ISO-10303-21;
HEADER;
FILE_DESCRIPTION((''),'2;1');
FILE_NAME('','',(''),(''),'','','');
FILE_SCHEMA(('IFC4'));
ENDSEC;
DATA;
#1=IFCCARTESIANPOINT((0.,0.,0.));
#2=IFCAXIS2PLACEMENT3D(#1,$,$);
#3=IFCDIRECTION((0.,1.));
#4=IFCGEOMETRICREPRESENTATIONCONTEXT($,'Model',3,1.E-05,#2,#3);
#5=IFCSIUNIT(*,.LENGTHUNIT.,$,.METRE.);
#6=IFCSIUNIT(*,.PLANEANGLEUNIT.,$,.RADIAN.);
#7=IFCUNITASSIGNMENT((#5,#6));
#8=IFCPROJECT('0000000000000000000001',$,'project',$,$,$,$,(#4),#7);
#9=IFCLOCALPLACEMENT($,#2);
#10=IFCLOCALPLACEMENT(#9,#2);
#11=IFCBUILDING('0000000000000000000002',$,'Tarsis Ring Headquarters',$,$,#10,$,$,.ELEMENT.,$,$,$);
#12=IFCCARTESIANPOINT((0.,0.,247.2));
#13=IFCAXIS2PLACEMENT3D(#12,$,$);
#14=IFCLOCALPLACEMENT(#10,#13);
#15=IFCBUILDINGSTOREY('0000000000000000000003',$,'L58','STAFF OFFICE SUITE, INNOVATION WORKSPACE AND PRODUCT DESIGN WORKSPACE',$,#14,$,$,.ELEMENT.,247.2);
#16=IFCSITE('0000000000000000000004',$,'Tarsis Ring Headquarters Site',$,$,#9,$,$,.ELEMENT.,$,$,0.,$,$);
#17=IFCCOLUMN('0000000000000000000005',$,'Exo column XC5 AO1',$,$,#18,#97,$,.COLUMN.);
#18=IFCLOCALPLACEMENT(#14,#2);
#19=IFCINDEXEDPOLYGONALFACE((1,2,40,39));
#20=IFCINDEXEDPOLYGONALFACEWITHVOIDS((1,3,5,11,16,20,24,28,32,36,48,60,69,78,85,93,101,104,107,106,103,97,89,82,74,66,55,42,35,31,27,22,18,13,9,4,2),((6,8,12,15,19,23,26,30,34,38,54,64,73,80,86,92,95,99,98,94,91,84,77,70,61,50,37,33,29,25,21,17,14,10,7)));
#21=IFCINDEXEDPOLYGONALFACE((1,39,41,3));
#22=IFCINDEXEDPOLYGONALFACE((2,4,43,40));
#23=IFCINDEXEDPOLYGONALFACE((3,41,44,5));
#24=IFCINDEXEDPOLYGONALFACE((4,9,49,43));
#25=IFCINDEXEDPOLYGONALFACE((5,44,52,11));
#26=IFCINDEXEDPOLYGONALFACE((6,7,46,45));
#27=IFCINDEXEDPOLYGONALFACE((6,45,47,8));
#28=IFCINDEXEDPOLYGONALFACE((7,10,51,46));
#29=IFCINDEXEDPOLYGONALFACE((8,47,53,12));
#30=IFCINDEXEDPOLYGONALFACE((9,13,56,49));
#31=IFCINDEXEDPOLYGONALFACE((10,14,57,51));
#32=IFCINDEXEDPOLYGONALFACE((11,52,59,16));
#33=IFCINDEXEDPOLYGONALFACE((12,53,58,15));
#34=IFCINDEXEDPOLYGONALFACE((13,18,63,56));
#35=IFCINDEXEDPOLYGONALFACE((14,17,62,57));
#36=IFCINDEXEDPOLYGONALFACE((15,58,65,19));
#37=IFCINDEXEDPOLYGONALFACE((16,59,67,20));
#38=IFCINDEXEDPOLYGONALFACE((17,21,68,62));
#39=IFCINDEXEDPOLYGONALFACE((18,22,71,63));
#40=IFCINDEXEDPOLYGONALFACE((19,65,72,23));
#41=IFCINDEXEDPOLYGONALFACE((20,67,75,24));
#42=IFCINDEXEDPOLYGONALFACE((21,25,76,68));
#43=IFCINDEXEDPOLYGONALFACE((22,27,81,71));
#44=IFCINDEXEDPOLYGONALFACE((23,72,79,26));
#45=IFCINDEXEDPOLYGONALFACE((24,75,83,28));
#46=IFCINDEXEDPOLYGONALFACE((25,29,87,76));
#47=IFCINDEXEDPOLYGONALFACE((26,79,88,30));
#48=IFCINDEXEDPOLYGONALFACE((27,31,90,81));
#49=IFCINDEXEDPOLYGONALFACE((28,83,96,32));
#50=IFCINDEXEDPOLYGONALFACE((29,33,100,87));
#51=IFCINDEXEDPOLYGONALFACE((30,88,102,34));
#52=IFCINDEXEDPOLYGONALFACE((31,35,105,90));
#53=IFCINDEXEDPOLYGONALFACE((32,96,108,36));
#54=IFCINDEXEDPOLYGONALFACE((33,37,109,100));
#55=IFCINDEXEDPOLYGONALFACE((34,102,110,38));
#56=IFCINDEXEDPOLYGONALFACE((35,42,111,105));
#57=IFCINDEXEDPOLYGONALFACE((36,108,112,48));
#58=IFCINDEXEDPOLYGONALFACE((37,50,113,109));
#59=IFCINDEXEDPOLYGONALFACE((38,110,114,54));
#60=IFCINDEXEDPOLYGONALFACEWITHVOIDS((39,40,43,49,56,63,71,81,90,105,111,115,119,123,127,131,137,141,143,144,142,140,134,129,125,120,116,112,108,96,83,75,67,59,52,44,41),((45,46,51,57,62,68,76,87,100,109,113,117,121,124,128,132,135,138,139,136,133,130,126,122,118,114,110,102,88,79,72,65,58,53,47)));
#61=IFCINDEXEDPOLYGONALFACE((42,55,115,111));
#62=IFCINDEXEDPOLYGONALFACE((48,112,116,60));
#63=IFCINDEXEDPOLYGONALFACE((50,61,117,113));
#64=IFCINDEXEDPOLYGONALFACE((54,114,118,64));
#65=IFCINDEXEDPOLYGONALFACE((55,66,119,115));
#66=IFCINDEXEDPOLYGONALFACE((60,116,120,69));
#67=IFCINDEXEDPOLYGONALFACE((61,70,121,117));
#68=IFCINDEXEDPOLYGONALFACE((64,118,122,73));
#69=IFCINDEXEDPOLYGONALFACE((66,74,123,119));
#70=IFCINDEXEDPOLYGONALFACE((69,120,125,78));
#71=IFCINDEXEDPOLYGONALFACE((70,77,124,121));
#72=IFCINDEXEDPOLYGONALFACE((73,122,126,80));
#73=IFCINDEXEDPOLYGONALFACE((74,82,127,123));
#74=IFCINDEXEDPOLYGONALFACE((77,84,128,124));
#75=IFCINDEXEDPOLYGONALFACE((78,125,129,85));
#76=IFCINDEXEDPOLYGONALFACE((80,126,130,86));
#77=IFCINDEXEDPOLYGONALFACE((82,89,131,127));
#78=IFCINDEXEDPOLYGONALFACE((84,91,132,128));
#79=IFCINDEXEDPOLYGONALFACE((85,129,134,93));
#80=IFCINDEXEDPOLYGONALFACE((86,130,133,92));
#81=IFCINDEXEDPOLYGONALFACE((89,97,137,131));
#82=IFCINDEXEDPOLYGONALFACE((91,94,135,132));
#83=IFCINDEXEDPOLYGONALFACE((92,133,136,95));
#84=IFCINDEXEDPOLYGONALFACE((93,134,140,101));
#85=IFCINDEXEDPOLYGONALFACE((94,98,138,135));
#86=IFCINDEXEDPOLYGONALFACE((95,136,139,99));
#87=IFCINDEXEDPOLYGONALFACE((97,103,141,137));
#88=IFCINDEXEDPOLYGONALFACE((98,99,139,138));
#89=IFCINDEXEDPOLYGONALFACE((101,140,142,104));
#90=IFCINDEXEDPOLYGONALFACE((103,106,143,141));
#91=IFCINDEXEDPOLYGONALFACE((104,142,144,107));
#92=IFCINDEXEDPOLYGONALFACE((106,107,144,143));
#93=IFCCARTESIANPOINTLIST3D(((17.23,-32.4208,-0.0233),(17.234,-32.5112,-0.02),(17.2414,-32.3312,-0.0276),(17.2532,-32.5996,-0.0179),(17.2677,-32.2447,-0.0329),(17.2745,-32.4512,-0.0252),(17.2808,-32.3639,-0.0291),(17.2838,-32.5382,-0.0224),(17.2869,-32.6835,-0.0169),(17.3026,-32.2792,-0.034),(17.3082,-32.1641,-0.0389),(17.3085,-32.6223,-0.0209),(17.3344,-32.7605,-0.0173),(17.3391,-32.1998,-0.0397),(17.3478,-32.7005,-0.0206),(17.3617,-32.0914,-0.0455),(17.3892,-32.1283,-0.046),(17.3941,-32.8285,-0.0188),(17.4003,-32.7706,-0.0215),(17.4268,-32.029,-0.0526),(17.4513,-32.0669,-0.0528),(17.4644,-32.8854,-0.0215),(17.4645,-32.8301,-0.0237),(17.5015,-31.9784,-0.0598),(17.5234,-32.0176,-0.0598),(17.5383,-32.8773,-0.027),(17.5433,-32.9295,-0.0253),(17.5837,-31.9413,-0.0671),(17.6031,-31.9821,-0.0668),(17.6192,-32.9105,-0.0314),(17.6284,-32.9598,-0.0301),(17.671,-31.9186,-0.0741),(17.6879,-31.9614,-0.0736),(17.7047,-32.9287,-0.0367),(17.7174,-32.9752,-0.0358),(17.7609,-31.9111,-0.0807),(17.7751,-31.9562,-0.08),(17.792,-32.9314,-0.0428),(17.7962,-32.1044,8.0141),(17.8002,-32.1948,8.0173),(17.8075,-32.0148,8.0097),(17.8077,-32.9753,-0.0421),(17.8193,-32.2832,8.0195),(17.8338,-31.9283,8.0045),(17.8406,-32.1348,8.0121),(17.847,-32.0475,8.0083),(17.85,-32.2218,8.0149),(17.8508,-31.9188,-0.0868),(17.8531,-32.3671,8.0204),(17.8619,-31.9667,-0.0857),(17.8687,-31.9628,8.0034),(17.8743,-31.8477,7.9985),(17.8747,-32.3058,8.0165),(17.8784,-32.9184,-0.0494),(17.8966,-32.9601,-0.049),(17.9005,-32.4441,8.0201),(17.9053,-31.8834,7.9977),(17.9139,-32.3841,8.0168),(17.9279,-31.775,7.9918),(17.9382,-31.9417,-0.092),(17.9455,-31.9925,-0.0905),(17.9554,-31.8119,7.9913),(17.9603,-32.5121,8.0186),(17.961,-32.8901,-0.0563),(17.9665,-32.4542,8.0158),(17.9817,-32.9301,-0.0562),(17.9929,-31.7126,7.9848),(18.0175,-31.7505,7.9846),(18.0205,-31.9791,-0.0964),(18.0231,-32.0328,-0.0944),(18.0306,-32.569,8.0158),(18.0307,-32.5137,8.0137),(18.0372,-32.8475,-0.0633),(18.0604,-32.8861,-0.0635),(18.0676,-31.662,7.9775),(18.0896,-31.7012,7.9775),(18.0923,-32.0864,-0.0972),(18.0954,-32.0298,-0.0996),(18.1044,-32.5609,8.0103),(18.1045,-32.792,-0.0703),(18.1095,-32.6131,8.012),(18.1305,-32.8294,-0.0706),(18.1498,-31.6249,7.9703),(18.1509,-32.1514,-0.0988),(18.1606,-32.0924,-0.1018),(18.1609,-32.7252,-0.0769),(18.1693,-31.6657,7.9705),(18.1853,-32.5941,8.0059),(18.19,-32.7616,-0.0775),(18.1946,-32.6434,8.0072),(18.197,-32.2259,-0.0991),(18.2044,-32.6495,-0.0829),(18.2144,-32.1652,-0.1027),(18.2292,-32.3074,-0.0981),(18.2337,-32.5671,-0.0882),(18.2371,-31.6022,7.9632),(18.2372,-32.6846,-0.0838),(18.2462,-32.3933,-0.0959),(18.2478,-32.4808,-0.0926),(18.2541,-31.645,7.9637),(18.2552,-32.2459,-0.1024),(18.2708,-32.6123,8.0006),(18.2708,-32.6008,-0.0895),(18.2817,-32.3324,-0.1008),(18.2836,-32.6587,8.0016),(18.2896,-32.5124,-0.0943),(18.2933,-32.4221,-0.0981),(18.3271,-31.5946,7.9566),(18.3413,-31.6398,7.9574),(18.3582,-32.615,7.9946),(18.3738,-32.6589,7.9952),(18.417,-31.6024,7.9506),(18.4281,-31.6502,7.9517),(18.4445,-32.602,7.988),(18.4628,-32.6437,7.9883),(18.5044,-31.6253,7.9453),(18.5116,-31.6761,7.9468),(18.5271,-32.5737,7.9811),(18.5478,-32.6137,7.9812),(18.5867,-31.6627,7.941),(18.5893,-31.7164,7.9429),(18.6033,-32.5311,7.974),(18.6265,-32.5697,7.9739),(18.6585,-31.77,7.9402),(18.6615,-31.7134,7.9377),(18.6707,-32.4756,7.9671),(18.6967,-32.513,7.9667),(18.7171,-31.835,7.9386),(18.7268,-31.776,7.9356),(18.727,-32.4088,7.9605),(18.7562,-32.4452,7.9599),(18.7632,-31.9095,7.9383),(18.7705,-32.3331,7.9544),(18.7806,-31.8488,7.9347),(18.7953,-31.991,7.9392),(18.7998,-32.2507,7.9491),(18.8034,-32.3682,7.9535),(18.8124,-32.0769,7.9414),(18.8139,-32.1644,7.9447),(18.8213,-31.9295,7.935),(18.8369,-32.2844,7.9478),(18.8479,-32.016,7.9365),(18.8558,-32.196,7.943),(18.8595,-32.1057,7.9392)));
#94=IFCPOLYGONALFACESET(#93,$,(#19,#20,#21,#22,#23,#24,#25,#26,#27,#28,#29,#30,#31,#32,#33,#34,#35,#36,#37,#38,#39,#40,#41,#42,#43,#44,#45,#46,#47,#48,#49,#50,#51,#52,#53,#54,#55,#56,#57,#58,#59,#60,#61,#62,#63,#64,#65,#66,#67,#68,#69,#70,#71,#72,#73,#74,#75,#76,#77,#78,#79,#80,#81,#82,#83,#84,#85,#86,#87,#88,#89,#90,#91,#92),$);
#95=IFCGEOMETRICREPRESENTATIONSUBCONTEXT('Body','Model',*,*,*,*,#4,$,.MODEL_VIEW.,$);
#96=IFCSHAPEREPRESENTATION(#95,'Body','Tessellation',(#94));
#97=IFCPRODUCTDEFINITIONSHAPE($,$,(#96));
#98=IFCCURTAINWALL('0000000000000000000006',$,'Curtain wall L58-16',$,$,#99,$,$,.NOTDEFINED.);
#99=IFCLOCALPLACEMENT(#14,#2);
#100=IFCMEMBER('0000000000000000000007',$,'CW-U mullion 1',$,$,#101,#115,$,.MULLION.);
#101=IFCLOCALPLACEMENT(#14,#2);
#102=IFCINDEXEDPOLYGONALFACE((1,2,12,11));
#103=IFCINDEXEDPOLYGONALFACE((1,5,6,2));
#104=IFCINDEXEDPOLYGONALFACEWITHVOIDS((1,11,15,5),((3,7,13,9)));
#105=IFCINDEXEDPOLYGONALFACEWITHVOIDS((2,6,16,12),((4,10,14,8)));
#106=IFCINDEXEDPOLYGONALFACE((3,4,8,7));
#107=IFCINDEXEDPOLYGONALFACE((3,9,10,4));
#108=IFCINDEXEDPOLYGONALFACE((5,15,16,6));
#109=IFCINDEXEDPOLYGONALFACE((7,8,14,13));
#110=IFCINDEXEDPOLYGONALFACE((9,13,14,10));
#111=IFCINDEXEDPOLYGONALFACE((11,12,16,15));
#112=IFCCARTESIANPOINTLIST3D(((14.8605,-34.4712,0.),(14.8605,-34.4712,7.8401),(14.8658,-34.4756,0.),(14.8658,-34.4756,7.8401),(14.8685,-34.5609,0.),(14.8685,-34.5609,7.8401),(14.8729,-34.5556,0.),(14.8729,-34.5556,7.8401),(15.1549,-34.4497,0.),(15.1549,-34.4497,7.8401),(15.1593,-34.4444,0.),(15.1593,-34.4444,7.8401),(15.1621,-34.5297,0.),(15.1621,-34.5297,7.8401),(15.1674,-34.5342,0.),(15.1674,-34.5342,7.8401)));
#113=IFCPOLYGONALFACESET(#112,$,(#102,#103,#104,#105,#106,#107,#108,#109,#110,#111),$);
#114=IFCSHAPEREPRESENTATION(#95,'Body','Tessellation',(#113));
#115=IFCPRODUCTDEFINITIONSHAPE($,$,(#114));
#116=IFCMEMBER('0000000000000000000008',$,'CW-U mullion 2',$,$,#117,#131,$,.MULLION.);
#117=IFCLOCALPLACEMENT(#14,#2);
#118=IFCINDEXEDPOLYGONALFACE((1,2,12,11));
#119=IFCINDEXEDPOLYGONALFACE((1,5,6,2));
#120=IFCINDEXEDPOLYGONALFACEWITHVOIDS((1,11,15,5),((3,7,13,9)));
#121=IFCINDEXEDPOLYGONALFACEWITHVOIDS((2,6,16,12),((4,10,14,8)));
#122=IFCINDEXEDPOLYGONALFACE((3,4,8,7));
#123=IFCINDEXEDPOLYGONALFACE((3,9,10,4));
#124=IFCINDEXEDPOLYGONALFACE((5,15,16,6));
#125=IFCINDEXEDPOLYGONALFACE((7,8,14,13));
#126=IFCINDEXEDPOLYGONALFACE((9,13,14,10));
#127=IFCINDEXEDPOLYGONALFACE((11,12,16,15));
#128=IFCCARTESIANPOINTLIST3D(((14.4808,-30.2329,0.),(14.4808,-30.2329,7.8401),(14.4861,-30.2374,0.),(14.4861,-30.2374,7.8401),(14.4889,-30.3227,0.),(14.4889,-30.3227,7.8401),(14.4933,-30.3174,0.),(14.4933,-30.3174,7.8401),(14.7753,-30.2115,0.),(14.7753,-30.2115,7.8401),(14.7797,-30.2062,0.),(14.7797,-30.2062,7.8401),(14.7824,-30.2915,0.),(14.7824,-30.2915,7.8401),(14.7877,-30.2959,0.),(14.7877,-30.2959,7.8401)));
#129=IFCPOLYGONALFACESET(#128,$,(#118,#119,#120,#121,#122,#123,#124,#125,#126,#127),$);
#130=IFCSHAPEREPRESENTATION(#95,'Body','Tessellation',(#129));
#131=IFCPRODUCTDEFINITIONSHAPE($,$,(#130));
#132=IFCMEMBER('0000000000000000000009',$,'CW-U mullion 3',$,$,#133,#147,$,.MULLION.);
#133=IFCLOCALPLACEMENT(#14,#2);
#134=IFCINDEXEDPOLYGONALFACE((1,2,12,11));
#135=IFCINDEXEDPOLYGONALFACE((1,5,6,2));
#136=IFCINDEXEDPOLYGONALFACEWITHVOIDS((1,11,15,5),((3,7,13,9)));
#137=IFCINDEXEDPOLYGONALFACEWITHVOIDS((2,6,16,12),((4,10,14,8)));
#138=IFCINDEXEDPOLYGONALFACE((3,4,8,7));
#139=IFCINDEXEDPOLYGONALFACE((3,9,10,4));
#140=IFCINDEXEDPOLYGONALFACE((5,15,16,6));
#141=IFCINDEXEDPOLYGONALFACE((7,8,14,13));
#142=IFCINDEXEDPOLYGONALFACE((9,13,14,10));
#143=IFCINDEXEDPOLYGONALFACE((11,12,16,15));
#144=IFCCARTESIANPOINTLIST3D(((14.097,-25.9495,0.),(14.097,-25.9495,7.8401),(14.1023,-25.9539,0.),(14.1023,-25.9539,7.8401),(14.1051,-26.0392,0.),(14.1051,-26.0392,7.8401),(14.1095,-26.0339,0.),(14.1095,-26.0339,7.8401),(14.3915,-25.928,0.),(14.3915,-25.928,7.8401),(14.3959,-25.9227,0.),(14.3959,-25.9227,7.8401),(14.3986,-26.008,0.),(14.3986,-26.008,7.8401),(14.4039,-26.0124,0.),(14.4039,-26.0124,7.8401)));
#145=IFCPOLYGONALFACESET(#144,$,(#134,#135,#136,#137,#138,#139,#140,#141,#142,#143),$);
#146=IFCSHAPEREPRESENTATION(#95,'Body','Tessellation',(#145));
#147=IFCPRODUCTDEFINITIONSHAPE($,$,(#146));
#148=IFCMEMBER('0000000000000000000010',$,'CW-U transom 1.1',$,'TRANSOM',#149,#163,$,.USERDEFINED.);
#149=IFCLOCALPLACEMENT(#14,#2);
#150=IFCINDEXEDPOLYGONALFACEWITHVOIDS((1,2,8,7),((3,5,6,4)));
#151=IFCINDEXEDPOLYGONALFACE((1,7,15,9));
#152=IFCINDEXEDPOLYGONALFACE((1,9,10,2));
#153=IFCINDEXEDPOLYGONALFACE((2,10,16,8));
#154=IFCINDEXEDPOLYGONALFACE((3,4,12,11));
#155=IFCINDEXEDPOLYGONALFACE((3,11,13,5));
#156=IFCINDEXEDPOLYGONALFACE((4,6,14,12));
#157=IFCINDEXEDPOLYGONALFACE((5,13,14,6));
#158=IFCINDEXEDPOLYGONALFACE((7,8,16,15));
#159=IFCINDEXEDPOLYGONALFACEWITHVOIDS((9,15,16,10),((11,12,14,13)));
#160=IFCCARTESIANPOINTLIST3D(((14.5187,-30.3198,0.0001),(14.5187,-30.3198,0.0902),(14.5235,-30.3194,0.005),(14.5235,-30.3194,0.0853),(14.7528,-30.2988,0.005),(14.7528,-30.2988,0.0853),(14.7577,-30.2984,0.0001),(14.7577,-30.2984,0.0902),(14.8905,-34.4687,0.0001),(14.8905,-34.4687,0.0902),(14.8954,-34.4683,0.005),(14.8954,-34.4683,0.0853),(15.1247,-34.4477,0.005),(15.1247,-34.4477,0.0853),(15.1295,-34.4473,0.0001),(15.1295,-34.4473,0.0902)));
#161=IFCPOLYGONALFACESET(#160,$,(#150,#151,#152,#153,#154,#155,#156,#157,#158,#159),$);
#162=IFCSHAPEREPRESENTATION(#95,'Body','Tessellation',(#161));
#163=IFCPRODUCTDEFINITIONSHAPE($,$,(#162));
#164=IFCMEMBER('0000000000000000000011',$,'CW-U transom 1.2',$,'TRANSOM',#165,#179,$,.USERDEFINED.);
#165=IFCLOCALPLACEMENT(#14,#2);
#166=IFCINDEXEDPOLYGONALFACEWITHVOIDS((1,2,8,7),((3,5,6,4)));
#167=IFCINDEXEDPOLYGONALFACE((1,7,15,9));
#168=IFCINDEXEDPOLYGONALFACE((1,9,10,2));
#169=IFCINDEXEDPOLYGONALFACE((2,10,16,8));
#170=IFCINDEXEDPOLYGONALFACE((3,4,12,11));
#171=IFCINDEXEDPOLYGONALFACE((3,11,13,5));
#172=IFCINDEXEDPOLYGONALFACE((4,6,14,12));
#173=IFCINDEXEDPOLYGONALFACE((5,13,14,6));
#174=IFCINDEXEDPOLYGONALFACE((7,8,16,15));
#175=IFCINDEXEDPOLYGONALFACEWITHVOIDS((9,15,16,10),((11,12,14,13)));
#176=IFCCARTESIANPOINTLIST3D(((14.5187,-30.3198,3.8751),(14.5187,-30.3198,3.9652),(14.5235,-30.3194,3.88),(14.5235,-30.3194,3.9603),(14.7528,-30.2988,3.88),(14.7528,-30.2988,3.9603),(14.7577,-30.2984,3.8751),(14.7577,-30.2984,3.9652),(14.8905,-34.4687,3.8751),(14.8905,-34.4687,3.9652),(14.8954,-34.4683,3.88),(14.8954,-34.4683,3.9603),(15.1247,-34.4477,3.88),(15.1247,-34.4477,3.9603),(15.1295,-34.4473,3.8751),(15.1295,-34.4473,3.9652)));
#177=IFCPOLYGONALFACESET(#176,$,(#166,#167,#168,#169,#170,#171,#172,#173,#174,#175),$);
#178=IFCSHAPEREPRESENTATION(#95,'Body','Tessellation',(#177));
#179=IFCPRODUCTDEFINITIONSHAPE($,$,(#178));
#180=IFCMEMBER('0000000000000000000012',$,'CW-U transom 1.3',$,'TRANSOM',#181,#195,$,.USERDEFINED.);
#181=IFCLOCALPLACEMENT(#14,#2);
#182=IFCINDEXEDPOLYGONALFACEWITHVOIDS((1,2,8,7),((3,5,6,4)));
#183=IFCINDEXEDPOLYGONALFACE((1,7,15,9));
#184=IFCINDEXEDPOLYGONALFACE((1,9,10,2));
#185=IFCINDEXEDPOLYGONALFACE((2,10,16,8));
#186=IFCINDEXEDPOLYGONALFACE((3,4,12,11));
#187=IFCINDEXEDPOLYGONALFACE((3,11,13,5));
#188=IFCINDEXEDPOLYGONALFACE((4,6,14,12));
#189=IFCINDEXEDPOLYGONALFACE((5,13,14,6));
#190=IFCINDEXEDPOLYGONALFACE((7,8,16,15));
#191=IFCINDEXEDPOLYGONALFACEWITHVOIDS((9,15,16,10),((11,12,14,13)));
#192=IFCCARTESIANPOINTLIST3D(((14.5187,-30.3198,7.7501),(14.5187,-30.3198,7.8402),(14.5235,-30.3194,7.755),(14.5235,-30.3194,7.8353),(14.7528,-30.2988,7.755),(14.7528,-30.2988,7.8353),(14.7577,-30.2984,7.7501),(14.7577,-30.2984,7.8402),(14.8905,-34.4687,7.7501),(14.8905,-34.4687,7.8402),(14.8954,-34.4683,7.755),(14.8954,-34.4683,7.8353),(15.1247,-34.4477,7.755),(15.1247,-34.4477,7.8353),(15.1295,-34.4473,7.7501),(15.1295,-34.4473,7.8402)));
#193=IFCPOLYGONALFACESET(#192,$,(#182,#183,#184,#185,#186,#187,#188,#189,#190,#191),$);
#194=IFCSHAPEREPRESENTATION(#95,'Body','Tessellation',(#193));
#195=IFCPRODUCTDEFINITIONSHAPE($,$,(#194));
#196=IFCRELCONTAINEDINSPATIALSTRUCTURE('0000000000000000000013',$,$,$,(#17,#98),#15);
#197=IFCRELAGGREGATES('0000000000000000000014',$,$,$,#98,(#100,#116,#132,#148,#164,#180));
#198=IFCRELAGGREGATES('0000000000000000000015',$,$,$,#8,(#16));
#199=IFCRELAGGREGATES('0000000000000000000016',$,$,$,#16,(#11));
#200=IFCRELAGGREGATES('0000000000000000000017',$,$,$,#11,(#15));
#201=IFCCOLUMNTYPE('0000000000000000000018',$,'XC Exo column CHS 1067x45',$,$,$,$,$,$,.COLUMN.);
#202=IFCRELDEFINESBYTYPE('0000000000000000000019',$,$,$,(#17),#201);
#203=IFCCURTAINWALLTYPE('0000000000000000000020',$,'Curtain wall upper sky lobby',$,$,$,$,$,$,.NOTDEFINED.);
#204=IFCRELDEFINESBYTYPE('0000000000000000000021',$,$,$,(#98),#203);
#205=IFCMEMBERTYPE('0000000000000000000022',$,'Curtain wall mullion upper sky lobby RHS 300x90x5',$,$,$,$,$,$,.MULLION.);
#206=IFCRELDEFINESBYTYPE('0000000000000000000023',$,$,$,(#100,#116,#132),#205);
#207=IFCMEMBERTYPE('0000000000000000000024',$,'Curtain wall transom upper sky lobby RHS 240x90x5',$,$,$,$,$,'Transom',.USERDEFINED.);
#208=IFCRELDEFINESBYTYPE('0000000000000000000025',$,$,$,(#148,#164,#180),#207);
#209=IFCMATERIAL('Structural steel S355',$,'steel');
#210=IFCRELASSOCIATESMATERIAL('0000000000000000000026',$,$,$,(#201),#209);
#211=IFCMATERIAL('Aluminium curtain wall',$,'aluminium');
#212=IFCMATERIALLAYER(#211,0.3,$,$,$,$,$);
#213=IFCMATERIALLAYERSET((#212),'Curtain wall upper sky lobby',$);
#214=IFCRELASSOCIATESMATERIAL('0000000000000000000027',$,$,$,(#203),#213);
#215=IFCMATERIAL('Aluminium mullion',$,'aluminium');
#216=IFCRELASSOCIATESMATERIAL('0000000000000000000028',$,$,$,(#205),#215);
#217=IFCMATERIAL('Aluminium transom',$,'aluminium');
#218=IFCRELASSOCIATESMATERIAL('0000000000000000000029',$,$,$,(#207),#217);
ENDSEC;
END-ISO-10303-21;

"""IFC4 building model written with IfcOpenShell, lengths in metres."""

from ifc_helpers import new_model, si_unit, direction, frame, origin, origin_2d, place, context, subcontext, project, spatial, hollow_rectangle, hollow_circle, extrude, material, layer, layer_set, material_profile, profile_set, type_object, element, aggregate, save


model = new_model("IFC4")

# Units and contexts
model_context = context("Model", 3, precision=1e-05, world=origin(), true_north=direction((0.0, 1.0)))
body_context = subcontext(model_context, "Body", "Model", "MODEL_VIEW")
ifc_project = project(units=[si_unit("LENGTHUNIT", "METRE"), si_unit("PLANEANGLEUNIT", "RADIAN")], contexts=[model_context])

# Site, building, storey
site_placement = place(None, origin())
site = spatial("IfcSite", under=ifc_project, at=site_placement, Name="Tarsis Ring Headquarters Site", CompositionType="ELEMENT", RefElevation=0.0)
building_placement = place(site_placement, origin())
building = spatial("IfcBuilding", under=site, at=building_placement, Name="Tarsis Ring Headquarters", CompositionType="ELEMENT")
storey_placement = place(building_placement, frame((0.0, 0.0, 247.2)))
storey = spatial("IfcBuildingStorey", under=building, at=storey_placement, Name="L58", Description="STAFF OFFICE SUITE, INNOVATION WORKSPACE AND PRODUCT DESIGN WORKSPACE", CompositionType="ELEMENT", Elevation=247.2)

# Column
ifc_material_1 = material(Name="Structural steel S355", Category="steel")
ifc_material_profile_1 = material_profile(ifc_material_1, hollow_circle(Radius=0.5334, WallThickness=0.0449, at=origin_2d()), Name="CHS 1067x45")
ifc_profile_set_1 = profile_set([ifc_material_profile_1], Name="Structural steel S355")
column_type = type_object("IfcColumnType", Name="XC Exo column CHS 1067x45", PredefinedType="COLUMN", material=ifc_profile_set_1)
column_placement = place(storey_placement, frame((17.7617, -32.4441, -0.0598), z_axis=(0.070213, 0.039239, 0.99676), x_axis=(-0.487847, 0.872929, 0.0)))
element("IfcColumn", 1, at=column_placement, inside=storey, type_object=column_type, Name="Exo column XC5 AO1", PredefinedType="COLUMN", context=body_context, shape_type="SweptSolid", body=[
    extrude(hollow_circle(Radius=0.5334, WallThickness=0.0449, at=origin_2d()), origin(), (0.0, 0.0, 1.0), 8.0635),
])

# Curtain wall, members
ifc_material_2 = material(Name="Aluminium curtain wall", Category="aluminium")
ifc_layer_1 = layer(ifc_material_2, 0.3)
ifc_layer_set_1 = layer_set([ifc_layer_1], Name="Curtain wall upper sky lobby")
curtain_wall_type = type_object("IfcCurtainWallType", Name="Curtain wall upper sky lobby", PredefinedType="NOTDEFINED", material=ifc_layer_set_1)
curtain_wall_placement = place(storey_placement, origin())
curtain_wall = element("IfcCurtainWall", 2, at=curtain_wall_placement, inside=storey, type_object=curtain_wall_type, Name="Curtain wall L58-16", PredefinedType="NOTDEFINED")
ifc_material_3 = material(Name="Aluminium mullion", Category="aluminium")
ifc_material_profile_2 = material_profile(ifc_material_3, hollow_rectangle(XDim=0.3, YDim=0.0901, WallThickness=0.0049, at=origin_2d()), Name="RHS 300x90x5")
ifc_profile_set_2 = profile_set([ifc_material_profile_2], Name="Aluminium mullion")
member_type_1 = type_object("IfcMemberType", Name="Curtain wall mullion upper sky lobby RHS 300x90x5", PredefinedType="MULLION", material=ifc_profile_set_2)
member_1_placement = place(storey_placement, frame((15.0139, -34.5027, 0.0), z_axis=(0.0, 0.0, 1.0), x_axis=(-0.99601, -0.089242, 0.0)))
member_1 = element("IfcMember", 3, at=member_1_placement, type_object=member_type_1, Name="CW-U mullion 1", PredefinedType="MULLION", context=body_context, shape_type="SweptSolid", body=[
    extrude(hollow_rectangle(XDim=0.3, YDim=0.0901, WallThickness=0.0049, at=origin_2d()), origin(), (0.0, 0.0, 1.0), 7.8401),
])
member_2_placement = place(storey_placement, frame((14.6343, -30.2644, 0.0), z_axis=(0.0, 0.0, 1.0), x_axis=(-0.99601, -0.089242, 0.0)))
member_2 = element("IfcMember", 4, at=member_2_placement, type_object=member_type_1, Name="CW-U mullion 2", PredefinedType="MULLION", context=body_context, shape_type="SweptSolid", body=[
    extrude(hollow_rectangle(XDim=0.3, YDim=0.0901, WallThickness=0.0049, at=origin_2d()), origin(), (0.0, 0.0, 1.0), 7.8401),
])
member_3_placement = place(storey_placement, frame((14.2505, -25.981, 0.0), z_axis=(0.0, 0.0, 1.0), x_axis=(-0.99601, -0.089242, 0.0)))
member_3 = element("IfcMember", 5, at=member_3_placement, type_object=member_type_1, Name="CW-U mullion 3", PredefinedType="MULLION", context=body_context, shape_type="SweptSolid", body=[
    extrude(hollow_rectangle(XDim=0.3, YDim=0.0901, WallThickness=0.0049, at=origin_2d()), origin(), (0.0, 0.0, 1.0), 7.8401),
])
ifc_material_4 = material(Name="Aluminium transom", Category="aluminium")
ifc_material_profile_3 = material_profile(ifc_material_4, hollow_rectangle(XDim=0.24, YDim=0.0901, WallThickness=0.0049, at=origin_2d()), Name="RHS 240x90x5")
ifc_profile_set_3 = profile_set([ifc_material_profile_3], Name="Aluminium transom")
member_type_2 = type_object("IfcMemberType", Name="Curtain wall transom upper sky lobby RHS 240x90x5", ElementType="Transom", PredefinedType="USERDEFINED", material=ifc_profile_set_3)
member_4_placement = place(storey_placement, frame((15.01, -34.458, 0.0452), z_axis=(-0.089262, 0.996008, 0.0), x_axis=(-0.996008, -0.089262, 0.0)))
member_4 = element("IfcMember", 6, at=member_4_placement, type_object=member_type_2, Name="CW-U transom 1.1", ObjectType="TRANSOM", PredefinedType="USERDEFINED", context=body_context, shape_type="SweptSolid", body=[
    extrude(hollow_rectangle(XDim=0.24, YDim=0.0901, WallThickness=0.0049, at=origin_2d()), origin(), (0.0, 0.0, 1.0), 4.1655),
])
member_5_placement = place(storey_placement, frame((15.01, -34.458, 3.9202), z_axis=(-0.089262, 0.996008, 0.0), x_axis=(-0.996008, -0.089262, 0.0)))
member_5 = element("IfcMember", 7, at=member_5_placement, type_object=member_type_2, Name="CW-U transom 1.2", ObjectType="TRANSOM", PredefinedType="USERDEFINED", context=body_context, shape_type="SweptSolid", body=[
    extrude(hollow_rectangle(XDim=0.24, YDim=0.0901, WallThickness=0.0049, at=origin_2d()), origin(), (0.0, 0.0, 1.0), 4.1655),
])
member_6_placement = place(storey_placement, frame((15.01, -34.458, 7.7952), z_axis=(-0.089262, 0.996008, 0.0), x_axis=(-0.996008, -0.089262, 0.0)))
member_6 = element("IfcMember", 8, at=member_6_placement, type_object=member_type_2, Name="CW-U transom 1.3", ObjectType="TRANSOM", PredefinedType="USERDEFINED", context=body_context, shape_type="SweptSolid", body=[
    extrude(hollow_rectangle(XDim=0.24, YDim=0.0901, WallThickness=0.0049, at=origin_2d()), origin(), (0.0, 0.0, 1.0), 4.1655),
])

aggregate(curtain_wall, [member_1, member_2, member_3, member_4, member_5, member_6])

save(model, "model.ifc")
